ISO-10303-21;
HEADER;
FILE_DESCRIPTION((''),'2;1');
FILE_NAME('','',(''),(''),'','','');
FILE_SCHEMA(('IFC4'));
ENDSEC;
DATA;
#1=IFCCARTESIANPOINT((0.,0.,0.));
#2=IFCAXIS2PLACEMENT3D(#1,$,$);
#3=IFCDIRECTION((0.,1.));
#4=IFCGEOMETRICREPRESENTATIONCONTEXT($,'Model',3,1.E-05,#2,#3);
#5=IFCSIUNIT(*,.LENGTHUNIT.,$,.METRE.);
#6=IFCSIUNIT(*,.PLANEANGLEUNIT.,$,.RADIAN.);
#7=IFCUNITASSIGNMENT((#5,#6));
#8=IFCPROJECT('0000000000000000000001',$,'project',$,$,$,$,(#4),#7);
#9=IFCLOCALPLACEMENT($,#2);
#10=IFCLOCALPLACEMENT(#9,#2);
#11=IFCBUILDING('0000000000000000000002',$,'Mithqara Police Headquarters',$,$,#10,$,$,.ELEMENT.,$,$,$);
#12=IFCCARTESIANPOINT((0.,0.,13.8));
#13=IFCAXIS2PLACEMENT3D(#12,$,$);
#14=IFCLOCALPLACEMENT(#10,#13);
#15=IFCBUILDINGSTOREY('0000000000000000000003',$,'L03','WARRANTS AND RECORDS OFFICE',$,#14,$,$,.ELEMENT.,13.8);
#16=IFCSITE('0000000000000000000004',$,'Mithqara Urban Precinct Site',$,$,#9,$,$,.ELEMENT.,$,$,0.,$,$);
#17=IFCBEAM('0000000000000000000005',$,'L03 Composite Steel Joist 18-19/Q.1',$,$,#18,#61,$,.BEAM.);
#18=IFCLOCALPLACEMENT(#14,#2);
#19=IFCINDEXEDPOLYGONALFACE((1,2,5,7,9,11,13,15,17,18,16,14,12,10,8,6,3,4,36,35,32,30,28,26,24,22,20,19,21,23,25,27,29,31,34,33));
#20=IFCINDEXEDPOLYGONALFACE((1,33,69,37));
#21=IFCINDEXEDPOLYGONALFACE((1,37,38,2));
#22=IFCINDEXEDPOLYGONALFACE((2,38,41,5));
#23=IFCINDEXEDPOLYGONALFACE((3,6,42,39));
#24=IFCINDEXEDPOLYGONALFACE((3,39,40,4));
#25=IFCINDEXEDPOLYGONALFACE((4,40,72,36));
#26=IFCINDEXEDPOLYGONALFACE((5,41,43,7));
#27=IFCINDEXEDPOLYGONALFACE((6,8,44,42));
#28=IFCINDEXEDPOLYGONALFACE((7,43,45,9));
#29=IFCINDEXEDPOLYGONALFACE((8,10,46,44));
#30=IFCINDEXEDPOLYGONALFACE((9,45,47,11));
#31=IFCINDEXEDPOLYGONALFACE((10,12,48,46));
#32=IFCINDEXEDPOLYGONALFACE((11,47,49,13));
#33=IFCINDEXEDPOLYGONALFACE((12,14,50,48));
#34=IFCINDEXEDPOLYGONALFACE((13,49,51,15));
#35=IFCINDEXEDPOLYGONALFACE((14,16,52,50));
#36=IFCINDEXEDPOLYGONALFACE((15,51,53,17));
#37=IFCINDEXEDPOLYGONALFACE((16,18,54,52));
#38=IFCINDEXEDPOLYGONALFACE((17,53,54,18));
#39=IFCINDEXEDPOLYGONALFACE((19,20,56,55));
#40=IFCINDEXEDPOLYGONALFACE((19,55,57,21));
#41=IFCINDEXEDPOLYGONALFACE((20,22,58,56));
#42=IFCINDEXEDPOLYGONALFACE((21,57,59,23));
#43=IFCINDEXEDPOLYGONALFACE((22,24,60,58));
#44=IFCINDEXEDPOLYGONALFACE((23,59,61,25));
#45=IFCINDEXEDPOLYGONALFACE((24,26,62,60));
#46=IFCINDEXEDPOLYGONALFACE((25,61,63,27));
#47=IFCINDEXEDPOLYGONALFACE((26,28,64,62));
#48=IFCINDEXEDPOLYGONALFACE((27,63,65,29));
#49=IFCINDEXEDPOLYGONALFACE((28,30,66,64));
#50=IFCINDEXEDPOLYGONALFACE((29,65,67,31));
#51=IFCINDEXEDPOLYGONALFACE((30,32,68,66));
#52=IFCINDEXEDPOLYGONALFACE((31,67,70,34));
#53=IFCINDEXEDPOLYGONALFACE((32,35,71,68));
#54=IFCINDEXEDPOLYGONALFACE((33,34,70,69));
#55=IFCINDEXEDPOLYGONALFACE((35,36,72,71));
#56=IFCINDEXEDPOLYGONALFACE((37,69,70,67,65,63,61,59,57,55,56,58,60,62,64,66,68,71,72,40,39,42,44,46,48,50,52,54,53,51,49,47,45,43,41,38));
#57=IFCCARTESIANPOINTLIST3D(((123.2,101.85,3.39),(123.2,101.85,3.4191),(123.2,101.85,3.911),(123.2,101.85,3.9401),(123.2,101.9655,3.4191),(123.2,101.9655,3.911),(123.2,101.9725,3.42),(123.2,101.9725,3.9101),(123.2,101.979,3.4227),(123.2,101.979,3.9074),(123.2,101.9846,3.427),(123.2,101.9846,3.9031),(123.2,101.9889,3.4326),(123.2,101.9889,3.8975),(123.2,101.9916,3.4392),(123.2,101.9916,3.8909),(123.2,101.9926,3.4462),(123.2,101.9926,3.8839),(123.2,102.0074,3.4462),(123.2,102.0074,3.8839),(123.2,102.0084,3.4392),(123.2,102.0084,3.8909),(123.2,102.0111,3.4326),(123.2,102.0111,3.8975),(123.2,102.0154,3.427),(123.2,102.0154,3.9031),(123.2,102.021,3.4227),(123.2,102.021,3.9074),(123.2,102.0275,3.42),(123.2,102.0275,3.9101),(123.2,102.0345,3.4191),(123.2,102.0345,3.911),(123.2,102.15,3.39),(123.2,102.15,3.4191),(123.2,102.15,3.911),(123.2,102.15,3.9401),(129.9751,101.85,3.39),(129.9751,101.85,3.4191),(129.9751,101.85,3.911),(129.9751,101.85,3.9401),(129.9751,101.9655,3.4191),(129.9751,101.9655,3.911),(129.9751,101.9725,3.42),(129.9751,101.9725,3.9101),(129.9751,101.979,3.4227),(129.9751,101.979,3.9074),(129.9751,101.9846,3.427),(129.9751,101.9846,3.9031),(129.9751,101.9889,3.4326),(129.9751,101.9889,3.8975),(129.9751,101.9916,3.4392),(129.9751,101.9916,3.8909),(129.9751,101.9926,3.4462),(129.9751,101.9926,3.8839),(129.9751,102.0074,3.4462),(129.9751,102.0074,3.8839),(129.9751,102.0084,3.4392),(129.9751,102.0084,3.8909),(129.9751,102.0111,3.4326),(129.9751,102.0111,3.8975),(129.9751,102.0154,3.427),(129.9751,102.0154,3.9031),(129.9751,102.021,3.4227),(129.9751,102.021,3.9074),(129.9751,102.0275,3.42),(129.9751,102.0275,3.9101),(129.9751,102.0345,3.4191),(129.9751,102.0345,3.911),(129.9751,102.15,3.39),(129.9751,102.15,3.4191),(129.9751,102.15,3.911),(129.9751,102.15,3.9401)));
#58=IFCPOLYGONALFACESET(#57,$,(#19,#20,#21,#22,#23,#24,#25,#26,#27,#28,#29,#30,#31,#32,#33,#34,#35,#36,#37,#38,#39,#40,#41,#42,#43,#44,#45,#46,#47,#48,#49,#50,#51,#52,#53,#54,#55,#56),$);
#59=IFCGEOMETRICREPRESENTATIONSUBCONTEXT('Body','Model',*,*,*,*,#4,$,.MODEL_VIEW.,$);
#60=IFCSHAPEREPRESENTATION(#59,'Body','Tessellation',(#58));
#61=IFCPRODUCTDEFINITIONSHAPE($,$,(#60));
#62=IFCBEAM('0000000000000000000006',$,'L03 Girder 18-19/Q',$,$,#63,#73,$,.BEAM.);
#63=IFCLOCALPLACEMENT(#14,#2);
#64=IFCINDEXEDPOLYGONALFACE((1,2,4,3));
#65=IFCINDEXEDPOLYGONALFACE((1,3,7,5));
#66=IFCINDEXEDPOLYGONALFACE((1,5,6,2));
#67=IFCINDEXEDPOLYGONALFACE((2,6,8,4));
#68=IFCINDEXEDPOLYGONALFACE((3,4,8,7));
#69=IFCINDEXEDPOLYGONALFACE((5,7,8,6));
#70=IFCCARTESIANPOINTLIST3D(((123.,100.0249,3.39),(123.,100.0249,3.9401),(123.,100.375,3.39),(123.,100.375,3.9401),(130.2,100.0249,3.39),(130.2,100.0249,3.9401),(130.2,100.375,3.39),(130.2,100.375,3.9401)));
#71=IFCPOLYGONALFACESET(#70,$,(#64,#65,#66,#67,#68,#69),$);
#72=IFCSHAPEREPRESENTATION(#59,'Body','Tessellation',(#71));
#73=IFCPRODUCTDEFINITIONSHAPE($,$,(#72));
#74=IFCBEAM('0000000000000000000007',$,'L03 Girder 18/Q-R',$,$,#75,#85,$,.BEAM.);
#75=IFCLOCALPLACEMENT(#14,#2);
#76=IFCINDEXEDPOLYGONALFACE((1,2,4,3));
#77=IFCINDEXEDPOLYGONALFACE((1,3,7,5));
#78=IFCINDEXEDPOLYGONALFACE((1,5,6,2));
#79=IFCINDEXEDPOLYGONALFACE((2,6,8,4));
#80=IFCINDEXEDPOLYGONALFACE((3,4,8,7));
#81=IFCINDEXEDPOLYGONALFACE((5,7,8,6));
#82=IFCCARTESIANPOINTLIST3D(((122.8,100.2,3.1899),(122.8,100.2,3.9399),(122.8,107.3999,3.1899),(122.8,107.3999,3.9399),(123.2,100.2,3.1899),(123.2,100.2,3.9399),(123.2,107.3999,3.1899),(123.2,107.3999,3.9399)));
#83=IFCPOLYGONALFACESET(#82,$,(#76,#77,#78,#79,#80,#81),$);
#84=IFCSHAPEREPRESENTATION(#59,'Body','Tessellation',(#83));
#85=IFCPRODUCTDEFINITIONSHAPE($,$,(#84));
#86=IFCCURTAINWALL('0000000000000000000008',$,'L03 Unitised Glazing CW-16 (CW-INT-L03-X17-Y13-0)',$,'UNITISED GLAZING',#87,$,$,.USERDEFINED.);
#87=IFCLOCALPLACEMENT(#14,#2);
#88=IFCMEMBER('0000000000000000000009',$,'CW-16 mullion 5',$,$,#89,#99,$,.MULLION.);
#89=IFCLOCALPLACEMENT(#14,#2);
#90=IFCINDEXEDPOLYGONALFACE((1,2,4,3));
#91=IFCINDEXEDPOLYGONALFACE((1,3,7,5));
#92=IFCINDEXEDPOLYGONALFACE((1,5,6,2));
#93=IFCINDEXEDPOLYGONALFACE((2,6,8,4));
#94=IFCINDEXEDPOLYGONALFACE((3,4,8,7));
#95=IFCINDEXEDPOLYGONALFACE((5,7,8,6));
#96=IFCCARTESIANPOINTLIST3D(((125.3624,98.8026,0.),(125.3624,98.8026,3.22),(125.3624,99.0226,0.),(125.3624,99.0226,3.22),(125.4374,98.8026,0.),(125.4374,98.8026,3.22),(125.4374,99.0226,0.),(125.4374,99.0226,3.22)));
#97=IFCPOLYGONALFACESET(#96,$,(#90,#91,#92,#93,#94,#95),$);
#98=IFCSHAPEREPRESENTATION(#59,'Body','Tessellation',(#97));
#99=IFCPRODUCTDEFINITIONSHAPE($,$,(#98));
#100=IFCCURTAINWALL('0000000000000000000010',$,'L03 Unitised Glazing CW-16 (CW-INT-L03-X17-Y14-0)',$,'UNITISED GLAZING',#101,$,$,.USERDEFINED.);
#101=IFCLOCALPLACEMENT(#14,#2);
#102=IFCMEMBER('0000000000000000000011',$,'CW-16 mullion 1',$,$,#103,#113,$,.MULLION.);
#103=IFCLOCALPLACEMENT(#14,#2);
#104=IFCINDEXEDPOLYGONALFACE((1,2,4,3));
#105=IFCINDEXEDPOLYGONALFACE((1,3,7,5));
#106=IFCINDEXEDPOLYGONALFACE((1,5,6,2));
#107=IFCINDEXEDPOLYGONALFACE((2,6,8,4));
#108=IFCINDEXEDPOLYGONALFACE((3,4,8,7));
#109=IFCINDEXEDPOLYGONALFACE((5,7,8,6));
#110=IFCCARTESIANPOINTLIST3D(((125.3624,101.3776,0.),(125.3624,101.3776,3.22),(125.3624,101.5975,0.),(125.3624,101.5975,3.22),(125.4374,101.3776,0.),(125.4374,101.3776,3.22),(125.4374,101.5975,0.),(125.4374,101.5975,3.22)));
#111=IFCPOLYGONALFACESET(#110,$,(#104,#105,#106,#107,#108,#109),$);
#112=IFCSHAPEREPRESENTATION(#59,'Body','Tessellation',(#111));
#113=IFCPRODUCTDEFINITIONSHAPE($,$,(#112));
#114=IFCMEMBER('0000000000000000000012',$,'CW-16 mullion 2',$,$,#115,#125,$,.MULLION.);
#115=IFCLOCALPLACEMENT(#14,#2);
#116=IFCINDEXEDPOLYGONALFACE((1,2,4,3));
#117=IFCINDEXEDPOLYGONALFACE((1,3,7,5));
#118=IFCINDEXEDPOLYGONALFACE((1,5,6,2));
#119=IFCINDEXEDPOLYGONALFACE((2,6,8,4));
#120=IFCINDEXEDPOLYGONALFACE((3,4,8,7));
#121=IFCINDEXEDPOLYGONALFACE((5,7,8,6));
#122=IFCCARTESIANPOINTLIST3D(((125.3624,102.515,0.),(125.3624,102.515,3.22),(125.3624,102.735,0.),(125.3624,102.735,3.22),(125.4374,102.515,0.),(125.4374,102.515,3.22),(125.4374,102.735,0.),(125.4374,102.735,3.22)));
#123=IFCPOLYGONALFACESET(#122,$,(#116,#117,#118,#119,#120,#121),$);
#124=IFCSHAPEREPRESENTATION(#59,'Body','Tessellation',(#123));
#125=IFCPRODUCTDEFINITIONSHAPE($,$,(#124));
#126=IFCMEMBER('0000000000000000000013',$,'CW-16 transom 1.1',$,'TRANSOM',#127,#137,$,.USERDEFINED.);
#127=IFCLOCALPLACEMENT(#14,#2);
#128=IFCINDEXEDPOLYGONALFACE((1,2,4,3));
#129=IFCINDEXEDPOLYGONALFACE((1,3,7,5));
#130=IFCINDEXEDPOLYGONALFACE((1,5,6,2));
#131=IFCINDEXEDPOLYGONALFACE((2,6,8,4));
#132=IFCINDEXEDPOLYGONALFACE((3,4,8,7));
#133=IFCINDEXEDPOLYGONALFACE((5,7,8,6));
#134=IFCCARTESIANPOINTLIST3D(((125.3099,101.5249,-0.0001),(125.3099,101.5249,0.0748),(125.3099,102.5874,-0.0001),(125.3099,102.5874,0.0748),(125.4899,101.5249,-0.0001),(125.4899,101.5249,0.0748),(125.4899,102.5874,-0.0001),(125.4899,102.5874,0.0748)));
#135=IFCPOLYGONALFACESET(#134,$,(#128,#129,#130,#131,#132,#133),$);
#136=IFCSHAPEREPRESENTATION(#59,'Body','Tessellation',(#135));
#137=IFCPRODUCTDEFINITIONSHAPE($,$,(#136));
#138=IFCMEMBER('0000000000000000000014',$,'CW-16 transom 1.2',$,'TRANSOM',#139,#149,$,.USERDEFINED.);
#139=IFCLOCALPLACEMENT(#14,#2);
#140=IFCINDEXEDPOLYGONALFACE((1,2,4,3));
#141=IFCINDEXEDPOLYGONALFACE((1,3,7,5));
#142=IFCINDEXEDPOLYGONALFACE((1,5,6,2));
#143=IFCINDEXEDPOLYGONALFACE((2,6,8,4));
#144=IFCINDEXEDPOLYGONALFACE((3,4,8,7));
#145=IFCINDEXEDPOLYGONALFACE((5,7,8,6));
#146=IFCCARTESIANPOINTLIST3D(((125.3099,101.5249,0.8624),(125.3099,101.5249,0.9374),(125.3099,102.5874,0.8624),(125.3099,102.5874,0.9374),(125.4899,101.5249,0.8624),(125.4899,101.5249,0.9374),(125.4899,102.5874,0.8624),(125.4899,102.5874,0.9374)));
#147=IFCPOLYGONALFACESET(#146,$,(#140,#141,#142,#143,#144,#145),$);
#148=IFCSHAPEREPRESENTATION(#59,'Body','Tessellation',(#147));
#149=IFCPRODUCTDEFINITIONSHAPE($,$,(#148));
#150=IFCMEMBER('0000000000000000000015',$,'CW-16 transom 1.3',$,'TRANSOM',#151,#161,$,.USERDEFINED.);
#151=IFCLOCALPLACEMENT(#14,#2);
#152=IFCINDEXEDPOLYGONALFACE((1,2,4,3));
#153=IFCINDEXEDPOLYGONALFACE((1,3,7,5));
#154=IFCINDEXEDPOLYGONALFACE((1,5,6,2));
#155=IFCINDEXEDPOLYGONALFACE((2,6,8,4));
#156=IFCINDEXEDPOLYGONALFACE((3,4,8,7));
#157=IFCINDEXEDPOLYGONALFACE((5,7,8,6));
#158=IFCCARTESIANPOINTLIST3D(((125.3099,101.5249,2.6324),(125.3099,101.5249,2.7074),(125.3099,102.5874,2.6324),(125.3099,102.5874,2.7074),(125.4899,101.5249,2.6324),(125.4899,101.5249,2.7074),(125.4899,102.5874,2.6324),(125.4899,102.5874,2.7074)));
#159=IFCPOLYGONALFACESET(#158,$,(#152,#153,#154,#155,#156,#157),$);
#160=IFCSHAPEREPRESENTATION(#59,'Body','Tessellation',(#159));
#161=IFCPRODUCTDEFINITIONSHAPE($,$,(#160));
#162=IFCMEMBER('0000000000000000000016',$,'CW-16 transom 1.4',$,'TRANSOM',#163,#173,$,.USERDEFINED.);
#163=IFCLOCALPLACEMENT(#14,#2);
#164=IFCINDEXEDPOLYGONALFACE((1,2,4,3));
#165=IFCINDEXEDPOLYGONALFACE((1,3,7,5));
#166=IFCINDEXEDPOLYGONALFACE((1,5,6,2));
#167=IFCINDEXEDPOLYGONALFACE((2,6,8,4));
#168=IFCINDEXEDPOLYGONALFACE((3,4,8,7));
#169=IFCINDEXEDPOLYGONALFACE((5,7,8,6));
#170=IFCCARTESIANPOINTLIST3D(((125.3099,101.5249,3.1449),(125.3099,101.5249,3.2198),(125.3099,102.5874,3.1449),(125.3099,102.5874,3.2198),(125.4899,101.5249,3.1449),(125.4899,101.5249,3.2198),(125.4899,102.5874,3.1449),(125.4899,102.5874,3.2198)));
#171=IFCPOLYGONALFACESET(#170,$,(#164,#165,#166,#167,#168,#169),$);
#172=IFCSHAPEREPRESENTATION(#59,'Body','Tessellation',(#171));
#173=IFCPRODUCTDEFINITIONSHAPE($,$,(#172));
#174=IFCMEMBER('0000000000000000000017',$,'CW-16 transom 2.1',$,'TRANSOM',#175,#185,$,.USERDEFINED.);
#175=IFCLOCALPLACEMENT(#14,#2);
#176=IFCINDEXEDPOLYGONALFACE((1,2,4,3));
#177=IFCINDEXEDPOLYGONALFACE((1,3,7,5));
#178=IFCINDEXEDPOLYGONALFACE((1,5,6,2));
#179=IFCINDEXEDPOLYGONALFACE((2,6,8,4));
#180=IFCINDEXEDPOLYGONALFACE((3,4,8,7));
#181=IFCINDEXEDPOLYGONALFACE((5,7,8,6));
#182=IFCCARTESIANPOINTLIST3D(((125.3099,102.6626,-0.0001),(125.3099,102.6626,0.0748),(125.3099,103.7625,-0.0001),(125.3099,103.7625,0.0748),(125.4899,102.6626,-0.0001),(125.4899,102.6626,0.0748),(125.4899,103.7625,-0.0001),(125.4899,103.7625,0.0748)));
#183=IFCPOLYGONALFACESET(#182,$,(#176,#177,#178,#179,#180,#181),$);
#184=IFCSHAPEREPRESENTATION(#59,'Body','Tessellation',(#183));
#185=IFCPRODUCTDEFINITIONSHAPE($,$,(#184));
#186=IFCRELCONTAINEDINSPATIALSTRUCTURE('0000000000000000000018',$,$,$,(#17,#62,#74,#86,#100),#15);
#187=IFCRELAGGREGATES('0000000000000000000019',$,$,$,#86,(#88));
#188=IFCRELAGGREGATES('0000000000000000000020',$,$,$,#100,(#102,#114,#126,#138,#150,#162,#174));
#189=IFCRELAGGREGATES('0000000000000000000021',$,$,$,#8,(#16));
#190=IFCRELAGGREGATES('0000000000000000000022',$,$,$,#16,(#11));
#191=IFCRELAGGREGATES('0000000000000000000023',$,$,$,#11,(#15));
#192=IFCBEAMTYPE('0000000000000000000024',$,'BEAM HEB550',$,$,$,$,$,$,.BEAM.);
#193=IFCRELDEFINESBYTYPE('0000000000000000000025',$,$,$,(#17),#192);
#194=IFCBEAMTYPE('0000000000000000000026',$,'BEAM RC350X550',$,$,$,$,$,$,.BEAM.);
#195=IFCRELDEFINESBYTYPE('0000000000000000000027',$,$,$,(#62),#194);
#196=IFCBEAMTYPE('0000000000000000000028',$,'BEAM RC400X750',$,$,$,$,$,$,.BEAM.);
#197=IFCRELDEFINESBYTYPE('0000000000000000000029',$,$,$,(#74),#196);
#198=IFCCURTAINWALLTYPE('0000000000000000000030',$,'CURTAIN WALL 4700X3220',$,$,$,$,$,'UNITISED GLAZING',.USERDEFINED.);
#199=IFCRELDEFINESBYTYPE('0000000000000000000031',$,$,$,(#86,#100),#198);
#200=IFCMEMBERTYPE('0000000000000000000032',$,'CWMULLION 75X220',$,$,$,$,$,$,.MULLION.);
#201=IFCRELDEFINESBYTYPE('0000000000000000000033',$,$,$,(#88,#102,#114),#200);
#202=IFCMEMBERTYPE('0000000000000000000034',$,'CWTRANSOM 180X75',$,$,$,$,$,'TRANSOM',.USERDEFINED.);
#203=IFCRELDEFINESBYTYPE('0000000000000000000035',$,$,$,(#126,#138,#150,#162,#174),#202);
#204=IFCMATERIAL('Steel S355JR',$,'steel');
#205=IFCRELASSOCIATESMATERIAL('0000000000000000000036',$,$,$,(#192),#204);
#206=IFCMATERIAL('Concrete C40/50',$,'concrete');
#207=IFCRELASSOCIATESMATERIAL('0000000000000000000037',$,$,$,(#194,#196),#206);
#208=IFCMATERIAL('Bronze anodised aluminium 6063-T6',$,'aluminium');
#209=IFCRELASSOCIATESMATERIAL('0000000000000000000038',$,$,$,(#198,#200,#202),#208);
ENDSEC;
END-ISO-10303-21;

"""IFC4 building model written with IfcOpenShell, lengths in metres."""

from ifc_helpers import new_model, si_unit, direction, frame, origin, origin_2d, place, context, subcontext, project, spatial, rectangle, i_section, extrude, material, material_profile, profile_set, type_object, element, aggregate, save


model = new_model("IFC4")

# Units and contexts
model_context = context("Model", 3, precision=1e-05, world=origin(), true_north=direction((0.0, 1.0)))
body_context = subcontext(model_context, "Body", "Model", "MODEL_VIEW")
ifc_project = project(units=[si_unit("LENGTHUNIT", "METRE"), si_unit("PLANEANGLEUNIT", "RADIAN")], contexts=[model_context])

# Site, building, storey
site_placement = place(None, origin())
site = spatial("IfcSite", under=ifc_project, at=site_placement, Name="Mithqara Urban Precinct Site", CompositionType="ELEMENT", RefElevation=0.0)
building_placement = place(site_placement, origin())
building = spatial("IfcBuilding", under=site, at=building_placement, Name="Mithqara Police Headquarters", CompositionType="ELEMENT")
storey_placement = place(building_placement, frame((0.0, 0.0, 13.8)))
storey = spatial("IfcBuildingStorey", under=building, at=storey_placement, Name="L03", Description="WARRANTS AND RECORDS OFFICE", CompositionType="ELEMENT", Elevation=13.8)

# Beams
ifc_material_1 = material(Name="Steel S355JR", Category="steel")
ifc_material_profile_1 = material_profile(ifc_material_1, i_section(OverallWidth=0.3, OverallDepth=0.55, WebThickness=0.0149, FlangeThickness=0.0291, FilletRadius=0.0271, at=origin_2d()), Name="HEB 550")
ifc_profile_set_1 = profile_set([ifc_material_profile_1], Name="Steel S355JR")
beam_type_1 = type_object("IfcBeamType", Name="BEAM HEB550", PredefinedType="BEAM", material=ifc_profile_set_1)
beam_1_placement = place(storey_placement, frame((123.2, 102.0, 3.665), z_axis=(1.0, 0.0, 0.0), x_axis=(0.0, 1.0, 0.0)))
element("IfcBeam", 1, at=beam_1_placement, inside=storey, type_object=beam_type_1, Name="L03 Composite Steel Joist 18-19/Q.1", PredefinedType="BEAM", context=body_context, shape_type="SweptSolid", body=[
    extrude(i_section(OverallWidth=0.3, OverallDepth=0.55, WebThickness=0.0149, FlangeThickness=0.0291, FilletRadius=0.0271, at=origin_2d()), origin(), (0.0, 0.0, 1.0), 6.7751),
])
ifc_material_2 = material(Name="Concrete C40/50", Category="concrete")
ifc_material_profile_2 = material_profile(ifc_material_2, rectangle(XDim=0.3501, YDim=0.55, at=origin_2d()), Name="RC 350x550")
ifc_profile_set_2 = profile_set([ifc_material_profile_2], Name="Concrete C40/50")
beam_type_2 = type_object("IfcBeamType", Name="BEAM RC350X550", PredefinedType="BEAM", material=ifc_profile_set_2)
beam_2_placement = place(storey_placement, frame((123.0, 100.2, 3.665), z_axis=(1.0, 0.0, 0.0), x_axis=(0.0, 1.0, 0.0)))
element("IfcBeam", 2, at=beam_2_placement, inside=storey, type_object=beam_type_2, Name="L03 Girder 18-19/Q", PredefinedType="BEAM", context=body_context, shape_type="SweptSolid", body=[
    extrude(rectangle(XDim=0.3501, YDim=0.55, at=origin_2d()), origin(), (0.0, 0.0, 1.0), 7.2),
])
ifc_material_profile_3 = material_profile(ifc_material_2, rectangle(XDim=0.3999, YDim=0.75, at=origin_2d()), Name="RC 400x750")
ifc_profile_set_3 = profile_set([ifc_material_profile_3], Name="Concrete C40/50")
beam_type_3 = type_object("IfcBeamType", Name="BEAM RC400X750", PredefinedType="BEAM", material=ifc_profile_set_3)
beam_3_placement = place(storey_placement, frame((123.0, 100.2, 3.5649), z_axis=(0.0, 1.0, 0.0), x_axis=(-1.0, 0.0, 0.0)))
element("IfcBeam", 3, at=beam_3_placement, inside=storey, type_object=beam_type_3, Name="L03 Girder 18/Q-R", PredefinedType="BEAM", context=body_context, shape_type="SweptSolid", body=[
    extrude(rectangle(XDim=0.3999, YDim=0.75, at=origin_2d()), origin(), (0.0, 0.0, 1.0), 7.2),
])

# Curtain wall, member
ifc_material_3 = material(Name="Bronze anodised aluminium 6063-T6", Category="aluminium")
curtain_wall_type = type_object("IfcCurtainWallType", Name="CURTAIN WALL 4700X3220", ElementType="UNITISED GLAZING", PredefinedType="USERDEFINED", material=ifc_material_3)
curtain_wall_1_placement = place(storey_placement, origin())
curtain_wall_1 = element("IfcCurtainWall", 4, at=curtain_wall_1_placement, inside=storey, type_object=curtain_wall_type, Name="L03 Unitised Glazing CW-16 (CW-INT-L03-X17-Y13-0)", ObjectType="UNITISED GLAZING", PredefinedType="USERDEFINED")
ifc_material_profile_4 = material_profile(ifc_material_3, rectangle(XDim=0.075, YDim=0.22, at=origin_2d()), Name="CWM 75x220")
ifc_profile_set_4 = profile_set([ifc_material_profile_4], Name="Bronze anodised aluminium 6063-T6")
member_type_1 = type_object("IfcMemberType", Name="CWMULLION 75X220", PredefinedType="MULLION", material=ifc_profile_set_4)
member_1_placement = place(storey_placement, frame((125.3999, 98.9126, 0.0), z_axis=(0.0, 0.0, 1.0), x_axis=(-1.0, 0.0, 0.0)))
member_1 = element("IfcMember", 5, at=member_1_placement, type_object=member_type_1, Name="CW-16 mullion 5", PredefinedType="MULLION", context=body_context, shape_type="SweptSolid", body=[
    extrude(rectangle(XDim=0.075, YDim=0.22, at=origin_2d()), origin(), (0.0, 0.0, 1.0), 3.22),
])

# Curtain wall, members
curtain_wall_2_placement = place(storey_placement, origin())
curtain_wall_2 = element("IfcCurtainWall", 6, at=curtain_wall_2_placement, inside=storey, type_object=curtain_wall_type, Name="L03 Unitised Glazing CW-16 (CW-INT-L03-X17-Y14-0)", ObjectType="UNITISED GLAZING", PredefinedType="USERDEFINED")
member_2_placement = place(storey_placement, frame((125.3999, 101.4875, 0.0), z_axis=(0.0, 0.0, 1.0), x_axis=(-1.0, 0.0, 0.0)))
member_2 = element("IfcMember", 7, at=member_2_placement, type_object=member_type_1, Name="CW-16 mullion 1", PredefinedType="MULLION", context=body_context, shape_type="SweptSolid", body=[
    extrude(rectangle(XDim=0.075, YDim=0.22, at=origin_2d()), origin(), (0.0, 0.0, 1.0), 3.22),
])
member_3_placement = place(storey_placement, frame((125.3999, 102.625, 0.0), z_axis=(0.0, 0.0, 1.0), x_axis=(-1.0, 0.0, 0.0)))
member_3 = element("IfcMember", 8, at=member_3_placement, type_object=member_type_1, Name="CW-16 mullion 2", PredefinedType="MULLION", context=body_context, shape_type="SweptSolid", body=[
    extrude(rectangle(XDim=0.075, YDim=0.22, at=origin_2d()), origin(), (0.0, 0.0, 1.0), 3.22),
])
ifc_material_profile_5 = material_profile(ifc_material_3, rectangle(XDim=0.1799, YDim=0.075, at=origin_2d()), Name="CWT 180x75")
ifc_profile_set_5 = profile_set([ifc_material_profile_5], Name="Bronze anodised aluminium 6063-T6")
member_type_2 = type_object("IfcMemberType", Name="CWTRANSOM 180X75", ElementType="TRANSOM", PredefinedType="USERDEFINED", material=ifc_profile_set_5)
member_4_placement = place(storey_placement, frame((125.3999, 101.5249, 0.0374), z_axis=(0.0, 1.0, 0.0), x_axis=(-1.0, 0.0, 0.0)))
member_4 = element("IfcMember", 9, at=member_4_placement, type_object=member_type_2, Name="CW-16 transom 1.1", ObjectType="TRANSOM", PredefinedType="USERDEFINED", context=body_context, shape_type="SweptSolid", body=[
    extrude(rectangle(XDim=0.1799, YDim=0.075, at=origin_2d()), origin(), (0.0, 0.0, 1.0), 1.0625),
])
member_5_placement = place(storey_placement, frame((125.3999, 101.5249, 0.8999), z_axis=(0.0, 1.0, 0.0), x_axis=(-1.0, 0.0, 0.0)))
member_5 = element("IfcMember", 10, at=member_5_placement, type_object=member_type_2, Name="CW-16 transom 1.2", ObjectType="TRANSOM", PredefinedType="USERDEFINED", context=body_context, shape_type="SweptSolid", body=[
    extrude(rectangle(XDim=0.1799, YDim=0.075, at=origin_2d()), origin(), (0.0, 0.0, 1.0), 1.0625),
])
member_6_placement = place(storey_placement, frame((125.3999, 101.5249, 2.6699), z_axis=(0.0, 1.0, 0.0), x_axis=(-1.0, 0.0, 0.0)))
member_6 = element("IfcMember", 11, at=member_6_placement, type_object=member_type_2, Name="CW-16 transom 1.3", ObjectType="TRANSOM", PredefinedType="USERDEFINED", context=body_context, shape_type="SweptSolid", body=[
    extrude(rectangle(XDim=0.1799, YDim=0.075, at=origin_2d()), origin(), (0.0, 0.0, 1.0), 1.0625),
])
member_7_placement = place(storey_placement, frame((125.3999, 101.5249, 3.1824), z_axis=(0.0, 1.0, 0.0), x_axis=(-1.0, 0.0, 0.0)))
member_7 = element("IfcMember", 12, at=member_7_placement, type_object=member_type_2, Name="CW-16 transom 1.4", ObjectType="TRANSOM", PredefinedType="USERDEFINED", context=body_context, shape_type="SweptSolid", body=[
    extrude(rectangle(XDim=0.1799, YDim=0.075, at=origin_2d()), origin(), (0.0, 0.0, 1.0), 1.0625),
])
member_8_placement = place(storey_placement, frame((125.3999, 102.6626, 0.0374), z_axis=(0.0, 1.0, 0.0), x_axis=(-1.0, 0.0, 0.0)))
member_8 = element("IfcMember", 13, at=member_8_placement, type_object=member_type_2, Name="CW-16 transom 2.1", ObjectType="TRANSOM", PredefinedType="USERDEFINED", context=body_context, shape_type="SweptSolid", body=[
    extrude(rectangle(XDim=0.1799, YDim=0.075, at=origin_2d()), origin(), (0.0, 0.0, 1.0), 1.0999),
])

aggregate(curtain_wall_1, [member_1])
aggregate(curtain_wall_2, [member_2, member_3, member_4, member_5, member_6, member_7, member_8])

save(model, "model.ifc")
